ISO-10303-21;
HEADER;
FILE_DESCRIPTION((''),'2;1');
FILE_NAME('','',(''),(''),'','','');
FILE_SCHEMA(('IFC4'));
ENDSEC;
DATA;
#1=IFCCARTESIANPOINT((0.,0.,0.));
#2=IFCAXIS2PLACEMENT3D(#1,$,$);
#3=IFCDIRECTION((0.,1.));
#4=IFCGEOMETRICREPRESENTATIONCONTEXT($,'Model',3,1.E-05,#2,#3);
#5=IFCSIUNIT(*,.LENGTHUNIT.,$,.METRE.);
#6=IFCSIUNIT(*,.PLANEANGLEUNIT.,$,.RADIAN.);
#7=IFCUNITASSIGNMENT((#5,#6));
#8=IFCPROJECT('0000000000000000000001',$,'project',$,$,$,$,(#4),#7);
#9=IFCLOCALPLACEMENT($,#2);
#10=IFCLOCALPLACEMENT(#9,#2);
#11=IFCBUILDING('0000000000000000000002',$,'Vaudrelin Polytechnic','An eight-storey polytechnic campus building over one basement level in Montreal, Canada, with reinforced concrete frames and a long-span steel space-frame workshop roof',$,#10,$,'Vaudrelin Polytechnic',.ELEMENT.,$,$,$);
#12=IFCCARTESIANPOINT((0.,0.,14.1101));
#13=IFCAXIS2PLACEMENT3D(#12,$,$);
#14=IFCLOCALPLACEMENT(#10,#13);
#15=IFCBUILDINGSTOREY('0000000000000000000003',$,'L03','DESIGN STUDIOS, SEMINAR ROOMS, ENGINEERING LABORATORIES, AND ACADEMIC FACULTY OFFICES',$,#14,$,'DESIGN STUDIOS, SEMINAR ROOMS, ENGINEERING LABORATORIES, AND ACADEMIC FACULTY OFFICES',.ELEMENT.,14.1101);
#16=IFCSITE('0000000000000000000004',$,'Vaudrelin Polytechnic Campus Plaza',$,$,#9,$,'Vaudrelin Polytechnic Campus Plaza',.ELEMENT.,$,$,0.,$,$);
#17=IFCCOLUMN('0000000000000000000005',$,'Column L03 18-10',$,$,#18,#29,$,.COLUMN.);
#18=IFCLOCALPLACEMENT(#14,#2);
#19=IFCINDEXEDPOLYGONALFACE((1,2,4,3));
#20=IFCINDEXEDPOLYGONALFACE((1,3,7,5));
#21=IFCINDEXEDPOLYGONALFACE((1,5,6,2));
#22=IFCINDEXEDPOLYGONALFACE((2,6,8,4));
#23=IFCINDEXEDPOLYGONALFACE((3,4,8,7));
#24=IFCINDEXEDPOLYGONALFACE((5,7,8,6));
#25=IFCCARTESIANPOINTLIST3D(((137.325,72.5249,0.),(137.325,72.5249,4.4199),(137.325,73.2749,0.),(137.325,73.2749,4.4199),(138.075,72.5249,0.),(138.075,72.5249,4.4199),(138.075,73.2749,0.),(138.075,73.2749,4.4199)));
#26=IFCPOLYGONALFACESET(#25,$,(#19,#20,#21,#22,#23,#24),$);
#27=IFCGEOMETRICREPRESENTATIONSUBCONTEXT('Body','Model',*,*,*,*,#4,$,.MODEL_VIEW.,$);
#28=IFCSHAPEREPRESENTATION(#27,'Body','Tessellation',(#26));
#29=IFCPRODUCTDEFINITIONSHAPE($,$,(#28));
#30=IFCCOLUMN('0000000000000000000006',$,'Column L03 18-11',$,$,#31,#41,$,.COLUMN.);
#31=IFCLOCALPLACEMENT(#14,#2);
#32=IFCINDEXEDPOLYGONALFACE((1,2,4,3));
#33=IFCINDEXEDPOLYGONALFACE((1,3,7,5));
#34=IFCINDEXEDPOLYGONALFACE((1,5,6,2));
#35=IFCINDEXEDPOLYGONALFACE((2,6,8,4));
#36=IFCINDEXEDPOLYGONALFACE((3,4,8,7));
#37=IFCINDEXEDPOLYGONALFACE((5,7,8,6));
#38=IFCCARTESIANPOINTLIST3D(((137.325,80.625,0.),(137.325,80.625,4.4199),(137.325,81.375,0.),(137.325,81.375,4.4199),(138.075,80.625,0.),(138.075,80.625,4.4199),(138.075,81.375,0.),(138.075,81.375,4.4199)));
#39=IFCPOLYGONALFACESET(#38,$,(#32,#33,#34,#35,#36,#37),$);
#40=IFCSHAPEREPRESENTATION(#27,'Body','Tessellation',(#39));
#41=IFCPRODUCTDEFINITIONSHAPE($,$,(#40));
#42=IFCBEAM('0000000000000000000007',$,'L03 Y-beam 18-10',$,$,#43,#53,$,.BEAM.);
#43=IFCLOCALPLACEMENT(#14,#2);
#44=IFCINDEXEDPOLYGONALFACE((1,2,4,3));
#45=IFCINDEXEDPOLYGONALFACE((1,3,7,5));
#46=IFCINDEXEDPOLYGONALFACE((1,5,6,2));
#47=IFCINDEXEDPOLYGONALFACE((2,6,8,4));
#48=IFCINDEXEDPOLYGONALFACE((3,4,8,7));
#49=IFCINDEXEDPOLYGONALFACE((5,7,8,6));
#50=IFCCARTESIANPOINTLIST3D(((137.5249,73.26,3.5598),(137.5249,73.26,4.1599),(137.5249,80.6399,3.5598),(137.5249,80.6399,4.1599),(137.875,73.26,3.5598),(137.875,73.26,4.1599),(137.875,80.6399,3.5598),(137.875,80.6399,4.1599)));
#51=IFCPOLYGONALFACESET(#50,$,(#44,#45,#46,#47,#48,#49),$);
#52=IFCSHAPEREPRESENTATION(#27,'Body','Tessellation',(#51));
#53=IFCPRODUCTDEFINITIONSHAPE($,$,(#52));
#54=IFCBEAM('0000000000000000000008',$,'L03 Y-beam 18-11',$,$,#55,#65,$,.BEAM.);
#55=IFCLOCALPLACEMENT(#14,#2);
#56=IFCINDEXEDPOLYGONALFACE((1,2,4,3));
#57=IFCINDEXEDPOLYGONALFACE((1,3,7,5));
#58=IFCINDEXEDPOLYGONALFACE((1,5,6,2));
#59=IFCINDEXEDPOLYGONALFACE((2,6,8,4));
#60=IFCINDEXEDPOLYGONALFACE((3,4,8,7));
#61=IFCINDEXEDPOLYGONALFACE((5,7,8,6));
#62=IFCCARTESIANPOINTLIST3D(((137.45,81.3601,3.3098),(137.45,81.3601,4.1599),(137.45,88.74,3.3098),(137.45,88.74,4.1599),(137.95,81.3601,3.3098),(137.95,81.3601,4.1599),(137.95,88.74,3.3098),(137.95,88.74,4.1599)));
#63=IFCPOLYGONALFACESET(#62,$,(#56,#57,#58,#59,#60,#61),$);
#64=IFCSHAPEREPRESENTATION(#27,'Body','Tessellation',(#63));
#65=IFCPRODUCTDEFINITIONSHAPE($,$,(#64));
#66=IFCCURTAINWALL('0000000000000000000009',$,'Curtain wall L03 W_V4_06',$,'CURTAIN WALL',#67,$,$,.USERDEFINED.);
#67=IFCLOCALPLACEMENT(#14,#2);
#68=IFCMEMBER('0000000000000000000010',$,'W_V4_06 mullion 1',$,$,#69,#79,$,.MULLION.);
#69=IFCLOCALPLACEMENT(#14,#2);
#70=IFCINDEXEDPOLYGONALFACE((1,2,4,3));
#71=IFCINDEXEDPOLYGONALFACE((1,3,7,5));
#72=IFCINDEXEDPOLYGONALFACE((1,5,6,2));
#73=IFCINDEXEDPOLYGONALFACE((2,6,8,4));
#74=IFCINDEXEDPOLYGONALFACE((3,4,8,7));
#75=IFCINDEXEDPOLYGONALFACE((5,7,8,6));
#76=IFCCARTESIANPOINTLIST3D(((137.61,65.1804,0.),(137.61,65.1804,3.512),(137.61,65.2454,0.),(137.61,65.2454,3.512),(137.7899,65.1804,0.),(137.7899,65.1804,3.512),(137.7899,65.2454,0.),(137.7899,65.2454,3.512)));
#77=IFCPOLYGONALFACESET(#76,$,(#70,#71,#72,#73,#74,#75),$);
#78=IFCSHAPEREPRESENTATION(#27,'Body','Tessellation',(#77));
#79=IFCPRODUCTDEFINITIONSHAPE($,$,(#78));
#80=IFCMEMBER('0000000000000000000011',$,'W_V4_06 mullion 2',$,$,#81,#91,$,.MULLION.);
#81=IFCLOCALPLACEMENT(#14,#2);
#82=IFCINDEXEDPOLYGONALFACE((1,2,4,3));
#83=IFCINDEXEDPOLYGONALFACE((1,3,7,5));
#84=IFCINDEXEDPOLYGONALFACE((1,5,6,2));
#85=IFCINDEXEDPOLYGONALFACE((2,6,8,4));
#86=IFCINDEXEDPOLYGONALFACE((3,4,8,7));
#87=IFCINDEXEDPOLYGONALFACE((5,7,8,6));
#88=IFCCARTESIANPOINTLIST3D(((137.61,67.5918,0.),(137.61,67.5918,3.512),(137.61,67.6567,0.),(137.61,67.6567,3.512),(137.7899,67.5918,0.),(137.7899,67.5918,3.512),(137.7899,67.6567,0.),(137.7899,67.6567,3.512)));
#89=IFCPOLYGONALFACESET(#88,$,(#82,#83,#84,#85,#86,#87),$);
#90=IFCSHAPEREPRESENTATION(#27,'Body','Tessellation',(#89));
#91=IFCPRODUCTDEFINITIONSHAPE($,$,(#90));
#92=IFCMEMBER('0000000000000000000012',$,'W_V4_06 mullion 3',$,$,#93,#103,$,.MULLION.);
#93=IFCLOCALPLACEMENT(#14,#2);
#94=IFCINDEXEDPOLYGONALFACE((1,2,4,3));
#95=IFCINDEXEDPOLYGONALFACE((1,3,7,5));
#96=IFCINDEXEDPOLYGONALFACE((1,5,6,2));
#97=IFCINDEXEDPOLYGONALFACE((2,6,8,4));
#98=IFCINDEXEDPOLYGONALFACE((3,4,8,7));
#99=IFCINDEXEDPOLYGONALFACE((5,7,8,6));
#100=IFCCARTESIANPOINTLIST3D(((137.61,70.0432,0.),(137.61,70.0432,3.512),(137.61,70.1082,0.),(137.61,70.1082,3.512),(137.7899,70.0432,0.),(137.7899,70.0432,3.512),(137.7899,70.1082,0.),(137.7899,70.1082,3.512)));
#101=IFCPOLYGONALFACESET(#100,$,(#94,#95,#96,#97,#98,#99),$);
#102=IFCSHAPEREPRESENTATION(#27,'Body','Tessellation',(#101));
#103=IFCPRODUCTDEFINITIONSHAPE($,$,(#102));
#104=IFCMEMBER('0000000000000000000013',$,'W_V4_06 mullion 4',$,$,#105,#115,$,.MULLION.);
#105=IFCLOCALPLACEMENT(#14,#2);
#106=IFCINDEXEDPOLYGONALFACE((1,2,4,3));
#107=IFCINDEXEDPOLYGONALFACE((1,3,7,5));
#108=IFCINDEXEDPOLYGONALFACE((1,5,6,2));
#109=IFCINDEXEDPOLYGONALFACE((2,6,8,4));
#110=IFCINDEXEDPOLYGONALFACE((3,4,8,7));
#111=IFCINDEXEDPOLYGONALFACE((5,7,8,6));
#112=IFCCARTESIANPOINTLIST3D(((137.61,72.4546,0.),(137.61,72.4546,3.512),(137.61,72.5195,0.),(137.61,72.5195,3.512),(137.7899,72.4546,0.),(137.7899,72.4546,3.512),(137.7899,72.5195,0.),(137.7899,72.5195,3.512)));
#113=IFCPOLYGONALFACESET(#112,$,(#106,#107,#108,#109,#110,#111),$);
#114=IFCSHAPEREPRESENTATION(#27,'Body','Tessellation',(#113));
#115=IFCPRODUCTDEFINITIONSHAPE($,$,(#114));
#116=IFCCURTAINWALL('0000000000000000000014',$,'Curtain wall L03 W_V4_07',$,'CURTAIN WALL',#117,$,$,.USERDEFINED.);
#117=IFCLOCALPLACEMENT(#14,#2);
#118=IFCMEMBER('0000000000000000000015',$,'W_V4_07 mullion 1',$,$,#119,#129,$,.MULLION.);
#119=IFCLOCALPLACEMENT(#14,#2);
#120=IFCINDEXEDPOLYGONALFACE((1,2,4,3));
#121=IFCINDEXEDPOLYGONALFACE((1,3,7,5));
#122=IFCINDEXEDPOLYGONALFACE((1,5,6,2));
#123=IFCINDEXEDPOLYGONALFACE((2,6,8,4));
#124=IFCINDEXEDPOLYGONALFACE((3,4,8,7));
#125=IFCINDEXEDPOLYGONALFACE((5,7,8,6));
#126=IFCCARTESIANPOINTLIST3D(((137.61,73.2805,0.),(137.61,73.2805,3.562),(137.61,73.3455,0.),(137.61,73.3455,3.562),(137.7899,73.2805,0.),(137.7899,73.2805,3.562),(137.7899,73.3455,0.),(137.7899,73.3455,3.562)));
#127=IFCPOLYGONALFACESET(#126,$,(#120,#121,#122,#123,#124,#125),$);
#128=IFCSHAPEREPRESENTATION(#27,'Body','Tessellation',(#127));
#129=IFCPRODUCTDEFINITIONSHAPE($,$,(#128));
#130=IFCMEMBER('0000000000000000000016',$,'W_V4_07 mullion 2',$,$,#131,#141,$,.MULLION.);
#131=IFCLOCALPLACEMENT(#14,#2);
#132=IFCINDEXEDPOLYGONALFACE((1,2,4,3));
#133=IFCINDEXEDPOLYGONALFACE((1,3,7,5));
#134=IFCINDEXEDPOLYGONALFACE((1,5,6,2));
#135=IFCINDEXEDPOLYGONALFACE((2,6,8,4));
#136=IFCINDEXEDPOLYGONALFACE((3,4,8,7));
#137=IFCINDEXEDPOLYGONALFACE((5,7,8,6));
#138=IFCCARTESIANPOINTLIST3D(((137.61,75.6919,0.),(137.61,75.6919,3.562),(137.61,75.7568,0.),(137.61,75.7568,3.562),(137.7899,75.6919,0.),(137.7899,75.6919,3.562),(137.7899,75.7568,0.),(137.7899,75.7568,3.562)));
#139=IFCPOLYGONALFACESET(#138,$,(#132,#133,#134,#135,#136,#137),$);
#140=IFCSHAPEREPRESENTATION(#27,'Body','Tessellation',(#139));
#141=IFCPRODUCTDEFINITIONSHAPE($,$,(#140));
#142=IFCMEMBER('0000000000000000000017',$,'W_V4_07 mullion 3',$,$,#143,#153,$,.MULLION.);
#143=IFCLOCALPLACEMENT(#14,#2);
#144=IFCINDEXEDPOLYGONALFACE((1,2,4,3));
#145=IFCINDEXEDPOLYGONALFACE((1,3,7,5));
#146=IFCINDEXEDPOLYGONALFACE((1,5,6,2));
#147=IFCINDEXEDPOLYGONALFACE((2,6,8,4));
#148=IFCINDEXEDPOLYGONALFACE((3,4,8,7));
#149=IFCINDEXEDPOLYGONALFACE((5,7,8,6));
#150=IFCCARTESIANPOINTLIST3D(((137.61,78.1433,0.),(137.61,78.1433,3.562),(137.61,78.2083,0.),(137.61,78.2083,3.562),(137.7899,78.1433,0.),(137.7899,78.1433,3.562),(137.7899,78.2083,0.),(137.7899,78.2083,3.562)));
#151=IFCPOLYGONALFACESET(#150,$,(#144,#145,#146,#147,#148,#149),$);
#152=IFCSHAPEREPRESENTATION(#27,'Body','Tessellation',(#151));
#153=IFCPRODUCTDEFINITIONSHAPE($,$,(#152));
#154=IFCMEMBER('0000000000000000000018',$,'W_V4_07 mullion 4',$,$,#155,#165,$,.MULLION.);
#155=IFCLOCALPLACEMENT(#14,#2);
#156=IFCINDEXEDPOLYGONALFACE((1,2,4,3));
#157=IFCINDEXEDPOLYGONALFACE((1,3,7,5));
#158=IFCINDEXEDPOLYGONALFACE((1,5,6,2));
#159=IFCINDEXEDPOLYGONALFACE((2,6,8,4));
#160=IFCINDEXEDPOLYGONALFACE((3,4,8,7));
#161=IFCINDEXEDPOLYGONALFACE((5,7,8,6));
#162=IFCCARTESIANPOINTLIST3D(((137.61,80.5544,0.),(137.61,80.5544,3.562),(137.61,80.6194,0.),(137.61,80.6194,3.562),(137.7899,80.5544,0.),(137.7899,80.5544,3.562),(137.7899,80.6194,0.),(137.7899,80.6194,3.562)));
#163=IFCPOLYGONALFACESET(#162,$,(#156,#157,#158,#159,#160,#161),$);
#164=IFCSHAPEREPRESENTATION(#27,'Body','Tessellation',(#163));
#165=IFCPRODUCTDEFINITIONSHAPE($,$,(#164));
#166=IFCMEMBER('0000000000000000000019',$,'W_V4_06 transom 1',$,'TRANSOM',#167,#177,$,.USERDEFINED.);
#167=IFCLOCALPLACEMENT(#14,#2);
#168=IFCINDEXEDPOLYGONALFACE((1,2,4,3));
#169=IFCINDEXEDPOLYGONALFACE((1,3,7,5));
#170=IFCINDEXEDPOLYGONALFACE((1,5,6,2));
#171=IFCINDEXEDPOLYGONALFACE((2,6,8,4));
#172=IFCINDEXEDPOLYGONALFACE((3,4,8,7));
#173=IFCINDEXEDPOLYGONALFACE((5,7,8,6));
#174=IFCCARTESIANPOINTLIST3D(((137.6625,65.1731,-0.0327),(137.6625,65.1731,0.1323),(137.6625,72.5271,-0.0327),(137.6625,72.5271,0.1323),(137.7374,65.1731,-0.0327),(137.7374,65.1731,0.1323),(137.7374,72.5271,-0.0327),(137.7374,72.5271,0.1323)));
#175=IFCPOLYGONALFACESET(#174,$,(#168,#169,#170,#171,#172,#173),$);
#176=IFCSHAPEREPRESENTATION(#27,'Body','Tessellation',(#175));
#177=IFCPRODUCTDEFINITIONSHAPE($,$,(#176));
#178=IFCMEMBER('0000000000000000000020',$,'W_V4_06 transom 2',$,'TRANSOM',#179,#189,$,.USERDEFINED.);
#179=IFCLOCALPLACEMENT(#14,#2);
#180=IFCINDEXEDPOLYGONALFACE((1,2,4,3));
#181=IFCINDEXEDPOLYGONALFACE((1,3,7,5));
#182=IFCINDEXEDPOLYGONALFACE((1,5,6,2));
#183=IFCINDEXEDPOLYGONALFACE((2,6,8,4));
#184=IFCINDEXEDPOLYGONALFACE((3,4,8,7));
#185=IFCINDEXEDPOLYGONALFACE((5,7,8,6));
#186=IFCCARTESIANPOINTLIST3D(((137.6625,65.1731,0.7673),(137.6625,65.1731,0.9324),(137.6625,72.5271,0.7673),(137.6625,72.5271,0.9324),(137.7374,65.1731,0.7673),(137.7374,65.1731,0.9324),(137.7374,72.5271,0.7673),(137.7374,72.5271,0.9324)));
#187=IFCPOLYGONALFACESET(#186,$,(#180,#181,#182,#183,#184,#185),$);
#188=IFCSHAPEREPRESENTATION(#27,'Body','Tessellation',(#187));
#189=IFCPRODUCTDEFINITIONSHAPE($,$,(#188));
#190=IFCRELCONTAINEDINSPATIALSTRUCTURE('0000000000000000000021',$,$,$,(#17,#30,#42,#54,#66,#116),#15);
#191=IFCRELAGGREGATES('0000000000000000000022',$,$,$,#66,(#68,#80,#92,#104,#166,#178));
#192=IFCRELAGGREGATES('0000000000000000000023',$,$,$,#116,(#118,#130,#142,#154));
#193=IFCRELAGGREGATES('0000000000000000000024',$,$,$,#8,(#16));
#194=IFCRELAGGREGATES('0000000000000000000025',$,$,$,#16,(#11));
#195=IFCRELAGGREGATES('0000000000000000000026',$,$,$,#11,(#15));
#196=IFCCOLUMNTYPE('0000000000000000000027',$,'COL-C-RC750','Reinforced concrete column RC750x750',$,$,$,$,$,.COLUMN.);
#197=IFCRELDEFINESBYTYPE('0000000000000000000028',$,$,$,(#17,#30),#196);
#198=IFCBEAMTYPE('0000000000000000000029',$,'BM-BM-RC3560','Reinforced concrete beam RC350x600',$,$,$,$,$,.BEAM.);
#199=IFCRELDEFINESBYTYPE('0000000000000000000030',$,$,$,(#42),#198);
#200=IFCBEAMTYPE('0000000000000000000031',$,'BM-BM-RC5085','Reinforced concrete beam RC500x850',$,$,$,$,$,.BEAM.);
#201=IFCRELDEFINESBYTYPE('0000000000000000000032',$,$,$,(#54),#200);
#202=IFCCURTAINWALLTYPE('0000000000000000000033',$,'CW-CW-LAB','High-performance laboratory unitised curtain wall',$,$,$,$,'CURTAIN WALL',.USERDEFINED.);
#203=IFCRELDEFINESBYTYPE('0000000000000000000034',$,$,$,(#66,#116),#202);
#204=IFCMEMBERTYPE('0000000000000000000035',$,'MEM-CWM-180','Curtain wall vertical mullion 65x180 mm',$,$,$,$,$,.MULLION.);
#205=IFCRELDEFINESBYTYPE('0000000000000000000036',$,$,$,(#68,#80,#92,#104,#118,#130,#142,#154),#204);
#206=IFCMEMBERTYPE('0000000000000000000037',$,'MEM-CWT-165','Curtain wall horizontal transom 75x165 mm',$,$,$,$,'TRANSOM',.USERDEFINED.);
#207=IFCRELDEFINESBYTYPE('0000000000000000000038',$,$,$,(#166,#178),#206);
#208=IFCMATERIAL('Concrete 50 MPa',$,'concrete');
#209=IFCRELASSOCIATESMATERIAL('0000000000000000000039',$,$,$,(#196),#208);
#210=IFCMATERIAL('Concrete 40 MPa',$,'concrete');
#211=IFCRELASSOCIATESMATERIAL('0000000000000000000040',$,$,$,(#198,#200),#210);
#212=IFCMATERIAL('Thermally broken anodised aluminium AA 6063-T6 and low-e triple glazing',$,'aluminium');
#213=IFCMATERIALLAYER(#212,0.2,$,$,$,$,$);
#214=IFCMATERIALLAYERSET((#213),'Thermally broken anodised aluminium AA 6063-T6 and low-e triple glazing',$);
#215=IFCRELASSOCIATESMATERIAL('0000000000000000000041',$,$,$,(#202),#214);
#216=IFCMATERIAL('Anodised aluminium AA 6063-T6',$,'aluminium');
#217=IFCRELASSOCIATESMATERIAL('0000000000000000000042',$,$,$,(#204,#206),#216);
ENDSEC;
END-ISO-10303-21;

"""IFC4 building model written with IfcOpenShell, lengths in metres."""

from ifc_helpers import new_model, si_unit, direction, frame, origin, origin_2d, place, context, subcontext, project, spatial, rectangle, extrude, material, layer, layer_set, material_profile, profile_set, type_object, element, aggregate, save


model = new_model("IFC4")

# Units and contexts
model_context = context("Model", 3, precision=1e-05, world=origin(), true_north=direction((0.0, 1.0)))
body_context = subcontext(model_context, "Body", "Model", "MODEL_VIEW")
ifc_project = project(units=[si_unit("LENGTHUNIT", "METRE"), si_unit("PLANEANGLEUNIT", "RADIAN")], contexts=[model_context])

# Site, building, storey
site_placement = place(None, origin())
site = spatial("IfcSite", under=ifc_project, at=site_placement, Name="Vaudrelin Polytechnic Campus Plaza", LongName="Vaudrelin Polytechnic Campus Plaza", CompositionType="ELEMENT", RefElevation=0.0)
building_placement = place(site_placement, origin())
building = spatial("IfcBuilding", under=site, at=building_placement, Name="Vaudrelin Polytechnic", Description="An eight-storey polytechnic campus building over one basement level in Montreal, Canada, with reinforced concrete frames and a long-span steel space-frame workshop roof", LongName="Vaudrelin Polytechnic", CompositionType="ELEMENT")
storey_placement = place(building_placement, frame((0.0, 0.0, 14.1101)))
storey = spatial("IfcBuildingStorey", under=building, at=storey_placement, Name="L03", Description="DESIGN STUDIOS, SEMINAR ROOMS, ENGINEERING LABORATORIES, AND ACADEMIC FACULTY OFFICES", LongName="DESIGN STUDIOS, SEMINAR ROOMS, ENGINEERING LABORATORIES, AND ACADEMIC FACULTY OFFICES", CompositionType="ELEMENT", Elevation=14.1101)

# Columns
ifc_material_1 = material(Name="Concrete 50 MPa", Category="concrete")
ifc_material_profile_1 = material_profile(ifc_material_1, rectangle(XDim=0.75, YDim=0.75, at=origin_2d()), Name="RC750x750")
ifc_profile_set_1 = profile_set([ifc_material_profile_1], Name="Concrete 50 MPa")
column_type = type_object("IfcColumnType", Name="COL-C-RC750", Description="Reinforced concrete column RC750x750", PredefinedType="COLUMN", material=ifc_profile_set_1)
for number, where, z_axis, x_axis, name in (
    (1, (137.7, 72.8999, 0.0), (0.0, 0.0, 1.0), (1.0, 0.0, 0.0), "Column L03 18-10"),
    (2, (137.7, 81.0, 0.0), (0.0, 0.0, 1.0), (1.0, 0.0, 0.0), "Column L03 18-11"),
):
    element("IfcColumn", number, at=place(storey_placement, frame(where, z_axis=z_axis, x_axis=x_axis)), inside=storey, type_object=column_type, Name=name, PredefinedType="COLUMN", context=body_context, shape_type="SweptSolid", body=[
        extrude(rectangle(XDim=0.75, YDim=0.75, at=origin_2d()), origin(), (0.0, 0.0, 1.0), 4.4199),
    ])

# Beams
ifc_material_2 = material(Name="Concrete 40 MPa", Category="concrete")
ifc_material_profile_2 = material_profile(ifc_material_2, rectangle(XDim=0.3501, YDim=0.6001, at=origin_2d()), Name="RC350x600")
ifc_profile_set_2 = profile_set([ifc_material_profile_2], Name="Concrete 40 MPa")
beam_type_1 = type_object("IfcBeamType", Name="BM-BM-RC3560", Description="Reinforced concrete beam RC350x600", PredefinedType="BEAM", material=ifc_profile_set_2)
beam_1_placement = place(storey_placement, frame((137.7, 73.26, 3.8599), z_axis=(0.0, 1.0, 0.0), x_axis=(-1.0, 0.0, 0.0)))
element("IfcBeam", 3, at=beam_1_placement, inside=storey, type_object=beam_type_1, Name="L03 Y-beam 18-10", PredefinedType="BEAM", context=body_context, shape_type="SweptSolid", body=[
    extrude(rectangle(XDim=0.3501, YDim=0.6001, at=origin_2d()), origin(), (0.0, 0.0, 1.0), 7.3799),
])
ifc_material_profile_3 = material_profile(ifc_material_2, rectangle(XDim=0.5, YDim=0.8501, at=origin_2d()), Name="RC500x850")
ifc_profile_set_3 = profile_set([ifc_material_profile_3], Name="Concrete 40 MPa")
beam_type_2 = type_object("IfcBeamType", Name="BM-BM-RC5085", Description="Reinforced concrete beam RC500x850", PredefinedType="BEAM", material=ifc_profile_set_3)
beam_2_placement = place(storey_placement, frame((137.7, 81.3601, 3.7349), z_axis=(0.0, 1.0, 0.0), x_axis=(-1.0, 0.0, 0.0)))
element("IfcBeam", 4, at=beam_2_placement, inside=storey, type_object=beam_type_2, Name="L03 Y-beam 18-11", PredefinedType="BEAM", context=body_context, shape_type="SweptSolid", body=[
    extrude(rectangle(XDim=0.5, YDim=0.8501, at=origin_2d()), origin(), (0.0, 0.0, 1.0), 7.3799),
])

# Curtain walls, members
ifc_material_3 = material(Name="Thermally broken anodised aluminium AA 6063-T6 and low-e triple glazing", Category="aluminium")
ifc_layer_1 = layer(ifc_material_3, 0.2)
ifc_layer_set_1 = layer_set([ifc_layer_1], Name="Thermally broken anodised aluminium AA 6063-T6 and low-e triple glazing")
curtain_wall_type = type_object("IfcCurtainWallType", Name="CW-CW-LAB", Description="High-performance laboratory unitised curtain wall", ElementType="CURTAIN WALL", PredefinedType="USERDEFINED", material=ifc_layer_set_1)
curtain_wall_1_placement = place(storey_placement, origin())
curtain_wall_1 = element("IfcCurtainWall", 5, at=curtain_wall_1_placement, inside=storey, type_object=curtain_wall_type, Name="Curtain wall L03 W_V4_06", ObjectType="CURTAIN WALL", PredefinedType="USERDEFINED")
ifc_material_4 = material(Name="Anodised aluminium AA 6063-T6", Category="aluminium")
ifc_material_profile_4 = material_profile(ifc_material_4, rectangle(XDim=0.0649, YDim=0.1799, at=origin_2d()), Name="CWM-65x180")
ifc_profile_set_4 = profile_set([ifc_material_profile_4], Name="Anodised aluminium AA 6063-T6")
member_type_1 = type_object("IfcMemberType", Name="MEM-CWM-180", Description="Curtain wall vertical mullion 65x180 mm", PredefinedType="MULLION", material=ifc_profile_set_4)
member_1_placement = place(storey_placement, frame((137.7, 65.2129, 0.0), z_axis=(0.0, 0.0, 1.0), x_axis=(0.0, 1.0, 0.0)))
member_1 = element("IfcMember", 6, at=member_1_placement, type_object=member_type_1, Name="W_V4_06 mullion 1", PredefinedType="MULLION", context=body_context, shape_type="SweptSolid", body=[
    extrude(rectangle(XDim=0.0649, YDim=0.1799, at=origin_2d()), origin(), (0.0, 0.0, 1.0), 3.512),
])
member_2_placement = place(storey_placement, frame((137.7, 67.6243, 0.0), z_axis=(0.0, 0.0, 1.0), x_axis=(0.0, 1.0, 0.0)))
member_2 = element("IfcMember", 7, at=member_2_placement, type_object=member_type_1, Name="W_V4_06 mullion 2", PredefinedType="MULLION", context=body_context, shape_type="SweptSolid", body=[
    extrude(rectangle(XDim=0.0649, YDim=0.1799, at=origin_2d()), origin(), (0.0, 0.0, 1.0), 3.512),
])
member_3_placement = place(storey_placement, frame((137.7, 70.0757, 0.0), z_axis=(0.0, 0.0, 1.0), x_axis=(0.0, 1.0, 0.0)))
member_3 = element("IfcMember", 8, at=member_3_placement, type_object=member_type_1, Name="W_V4_06 mullion 3", PredefinedType="MULLION", context=body_context, shape_type="SweptSolid", body=[
    extrude(rectangle(XDim=0.0649, YDim=0.1799, at=origin_2d()), origin(), (0.0, 0.0, 1.0), 3.512),
])
member_4_placement = place(storey_placement, frame((137.7, 72.4871, 0.0), z_axis=(0.0, 0.0, 1.0), x_axis=(0.0, 1.0, 0.0)))
member_4 = element("IfcMember", 9, at=member_4_placement, type_object=member_type_1, Name="W_V4_06 mullion 4", PredefinedType="MULLION", context=body_context, shape_type="SweptSolid", body=[
    extrude(rectangle(XDim=0.0649, YDim=0.1799, at=origin_2d()), origin(), (0.0, 0.0, 1.0), 3.512),
])
curtain_wall_2_placement = place(storey_placement, origin())
curtain_wall_2 = element("IfcCurtainWall", 10, at=curtain_wall_2_placement, inside=storey, type_object=curtain_wall_type, Name="Curtain wall L03 W_V4_07", ObjectType="CURTAIN WALL", PredefinedType="USERDEFINED")
member_5_placement = place(storey_placement, frame((137.7, 73.313, 0.0), z_axis=(0.0, 0.0, 1.0), x_axis=(0.0, 1.0, 0.0)))
member_5 = element("IfcMember", 11, at=member_5_placement, type_object=member_type_1, Name="W_V4_07 mullion 1", PredefinedType="MULLION", context=body_context, shape_type="SweptSolid", body=[
    extrude(rectangle(XDim=0.0649, YDim=0.1799, at=origin_2d()), origin(), (0.0, 0.0, 1.0), 3.562),
])
member_6_placement = place(storey_placement, frame((137.7, 75.7244, 0.0), z_axis=(0.0, 0.0, 1.0), x_axis=(0.0, 1.0, 0.0)))
member_6 = element("IfcMember", 12, at=member_6_placement, type_object=member_type_1, Name="W_V4_07 mullion 2", PredefinedType="MULLION", context=body_context, shape_type="SweptSolid", body=[
    extrude(rectangle(XDim=0.0649, YDim=0.1799, at=origin_2d()), origin(), (0.0, 0.0, 1.0), 3.562),
])
member_7_placement = place(storey_placement, frame((137.7, 78.1758, 0.0), z_axis=(0.0, 0.0, 1.0), x_axis=(0.0, 1.0, 0.0)))
member_7 = element("IfcMember", 13, at=member_7_placement, type_object=member_type_1, Name="W_V4_07 mullion 3", PredefinedType="MULLION", context=body_context, shape_type="SweptSolid", body=[
    extrude(rectangle(XDim=0.0649, YDim=0.1799, at=origin_2d()), origin(), (0.0, 0.0, 1.0), 3.562),
])
member_8_placement = place(storey_placement, frame((137.7, 80.5869, 0.0), z_axis=(0.0, 0.0, 1.0), x_axis=(0.0, 1.0, 0.0)))
member_8 = element("IfcMember", 14, at=member_8_placement, type_object=member_type_1, Name="W_V4_07 mullion 4", PredefinedType="MULLION", context=body_context, shape_type="SweptSolid", body=[
    extrude(rectangle(XDim=0.0649, YDim=0.1799, at=origin_2d()), origin(), (0.0, 0.0, 1.0), 3.562),
])

# Members
ifc_material_profile_5 = material_profile(ifc_material_4, rectangle(XDim=0.075, YDim=0.165, at=origin_2d()), Name="CWT-75x165")
ifc_profile_set_5 = profile_set([ifc_material_profile_5], Name="Anodised aluminium AA 6063-T6")
member_type_2 = type_object("IfcMemberType", Name="MEM-CWT-165", Description="Curtain wall horizontal transom 75x165 mm", ElementType="TRANSOM", PredefinedType="USERDEFINED", material=ifc_profile_set_5)
member_9_placement = place(storey_placement, frame((137.7, 65.1731, 0.0498), z_axis=(0.0, 1.0, 0.0), x_axis=(-1.0, 0.0, 0.0)))
member_9 = element("IfcMember", 15, at=member_9_placement, type_object=member_type_2, Name="W_V4_06 transom 1", ObjectType="TRANSOM", PredefinedType="USERDEFINED", context=body_context, shape_type="SweptSolid", body=[
    extrude(rectangle(XDim=0.075, YDim=0.165, at=origin_2d()), origin(), (0.0, 0.0, 1.0), 7.354),
])
member_10_placement = place(storey_placement, frame((137.7, 65.1731, 0.8499), z_axis=(0.0, 1.0, 0.0), x_axis=(-1.0, 0.0, 0.0)))
member_10 = element("IfcMember", 16, at=member_10_placement, type_object=member_type_2, Name="W_V4_06 transom 2", ObjectType="TRANSOM", PredefinedType="USERDEFINED", context=body_context, shape_type="SweptSolid", body=[
    extrude(rectangle(XDim=0.075, YDim=0.165, at=origin_2d()), origin(), (0.0, 0.0, 1.0), 7.354),
])

aggregate(curtain_wall_1, [member_1, member_2, member_3, member_4, member_9, member_10])
aggregate(curtain_wall_2, [member_5, member_6, member_7, member_8])

save(model, "model.ifc")
